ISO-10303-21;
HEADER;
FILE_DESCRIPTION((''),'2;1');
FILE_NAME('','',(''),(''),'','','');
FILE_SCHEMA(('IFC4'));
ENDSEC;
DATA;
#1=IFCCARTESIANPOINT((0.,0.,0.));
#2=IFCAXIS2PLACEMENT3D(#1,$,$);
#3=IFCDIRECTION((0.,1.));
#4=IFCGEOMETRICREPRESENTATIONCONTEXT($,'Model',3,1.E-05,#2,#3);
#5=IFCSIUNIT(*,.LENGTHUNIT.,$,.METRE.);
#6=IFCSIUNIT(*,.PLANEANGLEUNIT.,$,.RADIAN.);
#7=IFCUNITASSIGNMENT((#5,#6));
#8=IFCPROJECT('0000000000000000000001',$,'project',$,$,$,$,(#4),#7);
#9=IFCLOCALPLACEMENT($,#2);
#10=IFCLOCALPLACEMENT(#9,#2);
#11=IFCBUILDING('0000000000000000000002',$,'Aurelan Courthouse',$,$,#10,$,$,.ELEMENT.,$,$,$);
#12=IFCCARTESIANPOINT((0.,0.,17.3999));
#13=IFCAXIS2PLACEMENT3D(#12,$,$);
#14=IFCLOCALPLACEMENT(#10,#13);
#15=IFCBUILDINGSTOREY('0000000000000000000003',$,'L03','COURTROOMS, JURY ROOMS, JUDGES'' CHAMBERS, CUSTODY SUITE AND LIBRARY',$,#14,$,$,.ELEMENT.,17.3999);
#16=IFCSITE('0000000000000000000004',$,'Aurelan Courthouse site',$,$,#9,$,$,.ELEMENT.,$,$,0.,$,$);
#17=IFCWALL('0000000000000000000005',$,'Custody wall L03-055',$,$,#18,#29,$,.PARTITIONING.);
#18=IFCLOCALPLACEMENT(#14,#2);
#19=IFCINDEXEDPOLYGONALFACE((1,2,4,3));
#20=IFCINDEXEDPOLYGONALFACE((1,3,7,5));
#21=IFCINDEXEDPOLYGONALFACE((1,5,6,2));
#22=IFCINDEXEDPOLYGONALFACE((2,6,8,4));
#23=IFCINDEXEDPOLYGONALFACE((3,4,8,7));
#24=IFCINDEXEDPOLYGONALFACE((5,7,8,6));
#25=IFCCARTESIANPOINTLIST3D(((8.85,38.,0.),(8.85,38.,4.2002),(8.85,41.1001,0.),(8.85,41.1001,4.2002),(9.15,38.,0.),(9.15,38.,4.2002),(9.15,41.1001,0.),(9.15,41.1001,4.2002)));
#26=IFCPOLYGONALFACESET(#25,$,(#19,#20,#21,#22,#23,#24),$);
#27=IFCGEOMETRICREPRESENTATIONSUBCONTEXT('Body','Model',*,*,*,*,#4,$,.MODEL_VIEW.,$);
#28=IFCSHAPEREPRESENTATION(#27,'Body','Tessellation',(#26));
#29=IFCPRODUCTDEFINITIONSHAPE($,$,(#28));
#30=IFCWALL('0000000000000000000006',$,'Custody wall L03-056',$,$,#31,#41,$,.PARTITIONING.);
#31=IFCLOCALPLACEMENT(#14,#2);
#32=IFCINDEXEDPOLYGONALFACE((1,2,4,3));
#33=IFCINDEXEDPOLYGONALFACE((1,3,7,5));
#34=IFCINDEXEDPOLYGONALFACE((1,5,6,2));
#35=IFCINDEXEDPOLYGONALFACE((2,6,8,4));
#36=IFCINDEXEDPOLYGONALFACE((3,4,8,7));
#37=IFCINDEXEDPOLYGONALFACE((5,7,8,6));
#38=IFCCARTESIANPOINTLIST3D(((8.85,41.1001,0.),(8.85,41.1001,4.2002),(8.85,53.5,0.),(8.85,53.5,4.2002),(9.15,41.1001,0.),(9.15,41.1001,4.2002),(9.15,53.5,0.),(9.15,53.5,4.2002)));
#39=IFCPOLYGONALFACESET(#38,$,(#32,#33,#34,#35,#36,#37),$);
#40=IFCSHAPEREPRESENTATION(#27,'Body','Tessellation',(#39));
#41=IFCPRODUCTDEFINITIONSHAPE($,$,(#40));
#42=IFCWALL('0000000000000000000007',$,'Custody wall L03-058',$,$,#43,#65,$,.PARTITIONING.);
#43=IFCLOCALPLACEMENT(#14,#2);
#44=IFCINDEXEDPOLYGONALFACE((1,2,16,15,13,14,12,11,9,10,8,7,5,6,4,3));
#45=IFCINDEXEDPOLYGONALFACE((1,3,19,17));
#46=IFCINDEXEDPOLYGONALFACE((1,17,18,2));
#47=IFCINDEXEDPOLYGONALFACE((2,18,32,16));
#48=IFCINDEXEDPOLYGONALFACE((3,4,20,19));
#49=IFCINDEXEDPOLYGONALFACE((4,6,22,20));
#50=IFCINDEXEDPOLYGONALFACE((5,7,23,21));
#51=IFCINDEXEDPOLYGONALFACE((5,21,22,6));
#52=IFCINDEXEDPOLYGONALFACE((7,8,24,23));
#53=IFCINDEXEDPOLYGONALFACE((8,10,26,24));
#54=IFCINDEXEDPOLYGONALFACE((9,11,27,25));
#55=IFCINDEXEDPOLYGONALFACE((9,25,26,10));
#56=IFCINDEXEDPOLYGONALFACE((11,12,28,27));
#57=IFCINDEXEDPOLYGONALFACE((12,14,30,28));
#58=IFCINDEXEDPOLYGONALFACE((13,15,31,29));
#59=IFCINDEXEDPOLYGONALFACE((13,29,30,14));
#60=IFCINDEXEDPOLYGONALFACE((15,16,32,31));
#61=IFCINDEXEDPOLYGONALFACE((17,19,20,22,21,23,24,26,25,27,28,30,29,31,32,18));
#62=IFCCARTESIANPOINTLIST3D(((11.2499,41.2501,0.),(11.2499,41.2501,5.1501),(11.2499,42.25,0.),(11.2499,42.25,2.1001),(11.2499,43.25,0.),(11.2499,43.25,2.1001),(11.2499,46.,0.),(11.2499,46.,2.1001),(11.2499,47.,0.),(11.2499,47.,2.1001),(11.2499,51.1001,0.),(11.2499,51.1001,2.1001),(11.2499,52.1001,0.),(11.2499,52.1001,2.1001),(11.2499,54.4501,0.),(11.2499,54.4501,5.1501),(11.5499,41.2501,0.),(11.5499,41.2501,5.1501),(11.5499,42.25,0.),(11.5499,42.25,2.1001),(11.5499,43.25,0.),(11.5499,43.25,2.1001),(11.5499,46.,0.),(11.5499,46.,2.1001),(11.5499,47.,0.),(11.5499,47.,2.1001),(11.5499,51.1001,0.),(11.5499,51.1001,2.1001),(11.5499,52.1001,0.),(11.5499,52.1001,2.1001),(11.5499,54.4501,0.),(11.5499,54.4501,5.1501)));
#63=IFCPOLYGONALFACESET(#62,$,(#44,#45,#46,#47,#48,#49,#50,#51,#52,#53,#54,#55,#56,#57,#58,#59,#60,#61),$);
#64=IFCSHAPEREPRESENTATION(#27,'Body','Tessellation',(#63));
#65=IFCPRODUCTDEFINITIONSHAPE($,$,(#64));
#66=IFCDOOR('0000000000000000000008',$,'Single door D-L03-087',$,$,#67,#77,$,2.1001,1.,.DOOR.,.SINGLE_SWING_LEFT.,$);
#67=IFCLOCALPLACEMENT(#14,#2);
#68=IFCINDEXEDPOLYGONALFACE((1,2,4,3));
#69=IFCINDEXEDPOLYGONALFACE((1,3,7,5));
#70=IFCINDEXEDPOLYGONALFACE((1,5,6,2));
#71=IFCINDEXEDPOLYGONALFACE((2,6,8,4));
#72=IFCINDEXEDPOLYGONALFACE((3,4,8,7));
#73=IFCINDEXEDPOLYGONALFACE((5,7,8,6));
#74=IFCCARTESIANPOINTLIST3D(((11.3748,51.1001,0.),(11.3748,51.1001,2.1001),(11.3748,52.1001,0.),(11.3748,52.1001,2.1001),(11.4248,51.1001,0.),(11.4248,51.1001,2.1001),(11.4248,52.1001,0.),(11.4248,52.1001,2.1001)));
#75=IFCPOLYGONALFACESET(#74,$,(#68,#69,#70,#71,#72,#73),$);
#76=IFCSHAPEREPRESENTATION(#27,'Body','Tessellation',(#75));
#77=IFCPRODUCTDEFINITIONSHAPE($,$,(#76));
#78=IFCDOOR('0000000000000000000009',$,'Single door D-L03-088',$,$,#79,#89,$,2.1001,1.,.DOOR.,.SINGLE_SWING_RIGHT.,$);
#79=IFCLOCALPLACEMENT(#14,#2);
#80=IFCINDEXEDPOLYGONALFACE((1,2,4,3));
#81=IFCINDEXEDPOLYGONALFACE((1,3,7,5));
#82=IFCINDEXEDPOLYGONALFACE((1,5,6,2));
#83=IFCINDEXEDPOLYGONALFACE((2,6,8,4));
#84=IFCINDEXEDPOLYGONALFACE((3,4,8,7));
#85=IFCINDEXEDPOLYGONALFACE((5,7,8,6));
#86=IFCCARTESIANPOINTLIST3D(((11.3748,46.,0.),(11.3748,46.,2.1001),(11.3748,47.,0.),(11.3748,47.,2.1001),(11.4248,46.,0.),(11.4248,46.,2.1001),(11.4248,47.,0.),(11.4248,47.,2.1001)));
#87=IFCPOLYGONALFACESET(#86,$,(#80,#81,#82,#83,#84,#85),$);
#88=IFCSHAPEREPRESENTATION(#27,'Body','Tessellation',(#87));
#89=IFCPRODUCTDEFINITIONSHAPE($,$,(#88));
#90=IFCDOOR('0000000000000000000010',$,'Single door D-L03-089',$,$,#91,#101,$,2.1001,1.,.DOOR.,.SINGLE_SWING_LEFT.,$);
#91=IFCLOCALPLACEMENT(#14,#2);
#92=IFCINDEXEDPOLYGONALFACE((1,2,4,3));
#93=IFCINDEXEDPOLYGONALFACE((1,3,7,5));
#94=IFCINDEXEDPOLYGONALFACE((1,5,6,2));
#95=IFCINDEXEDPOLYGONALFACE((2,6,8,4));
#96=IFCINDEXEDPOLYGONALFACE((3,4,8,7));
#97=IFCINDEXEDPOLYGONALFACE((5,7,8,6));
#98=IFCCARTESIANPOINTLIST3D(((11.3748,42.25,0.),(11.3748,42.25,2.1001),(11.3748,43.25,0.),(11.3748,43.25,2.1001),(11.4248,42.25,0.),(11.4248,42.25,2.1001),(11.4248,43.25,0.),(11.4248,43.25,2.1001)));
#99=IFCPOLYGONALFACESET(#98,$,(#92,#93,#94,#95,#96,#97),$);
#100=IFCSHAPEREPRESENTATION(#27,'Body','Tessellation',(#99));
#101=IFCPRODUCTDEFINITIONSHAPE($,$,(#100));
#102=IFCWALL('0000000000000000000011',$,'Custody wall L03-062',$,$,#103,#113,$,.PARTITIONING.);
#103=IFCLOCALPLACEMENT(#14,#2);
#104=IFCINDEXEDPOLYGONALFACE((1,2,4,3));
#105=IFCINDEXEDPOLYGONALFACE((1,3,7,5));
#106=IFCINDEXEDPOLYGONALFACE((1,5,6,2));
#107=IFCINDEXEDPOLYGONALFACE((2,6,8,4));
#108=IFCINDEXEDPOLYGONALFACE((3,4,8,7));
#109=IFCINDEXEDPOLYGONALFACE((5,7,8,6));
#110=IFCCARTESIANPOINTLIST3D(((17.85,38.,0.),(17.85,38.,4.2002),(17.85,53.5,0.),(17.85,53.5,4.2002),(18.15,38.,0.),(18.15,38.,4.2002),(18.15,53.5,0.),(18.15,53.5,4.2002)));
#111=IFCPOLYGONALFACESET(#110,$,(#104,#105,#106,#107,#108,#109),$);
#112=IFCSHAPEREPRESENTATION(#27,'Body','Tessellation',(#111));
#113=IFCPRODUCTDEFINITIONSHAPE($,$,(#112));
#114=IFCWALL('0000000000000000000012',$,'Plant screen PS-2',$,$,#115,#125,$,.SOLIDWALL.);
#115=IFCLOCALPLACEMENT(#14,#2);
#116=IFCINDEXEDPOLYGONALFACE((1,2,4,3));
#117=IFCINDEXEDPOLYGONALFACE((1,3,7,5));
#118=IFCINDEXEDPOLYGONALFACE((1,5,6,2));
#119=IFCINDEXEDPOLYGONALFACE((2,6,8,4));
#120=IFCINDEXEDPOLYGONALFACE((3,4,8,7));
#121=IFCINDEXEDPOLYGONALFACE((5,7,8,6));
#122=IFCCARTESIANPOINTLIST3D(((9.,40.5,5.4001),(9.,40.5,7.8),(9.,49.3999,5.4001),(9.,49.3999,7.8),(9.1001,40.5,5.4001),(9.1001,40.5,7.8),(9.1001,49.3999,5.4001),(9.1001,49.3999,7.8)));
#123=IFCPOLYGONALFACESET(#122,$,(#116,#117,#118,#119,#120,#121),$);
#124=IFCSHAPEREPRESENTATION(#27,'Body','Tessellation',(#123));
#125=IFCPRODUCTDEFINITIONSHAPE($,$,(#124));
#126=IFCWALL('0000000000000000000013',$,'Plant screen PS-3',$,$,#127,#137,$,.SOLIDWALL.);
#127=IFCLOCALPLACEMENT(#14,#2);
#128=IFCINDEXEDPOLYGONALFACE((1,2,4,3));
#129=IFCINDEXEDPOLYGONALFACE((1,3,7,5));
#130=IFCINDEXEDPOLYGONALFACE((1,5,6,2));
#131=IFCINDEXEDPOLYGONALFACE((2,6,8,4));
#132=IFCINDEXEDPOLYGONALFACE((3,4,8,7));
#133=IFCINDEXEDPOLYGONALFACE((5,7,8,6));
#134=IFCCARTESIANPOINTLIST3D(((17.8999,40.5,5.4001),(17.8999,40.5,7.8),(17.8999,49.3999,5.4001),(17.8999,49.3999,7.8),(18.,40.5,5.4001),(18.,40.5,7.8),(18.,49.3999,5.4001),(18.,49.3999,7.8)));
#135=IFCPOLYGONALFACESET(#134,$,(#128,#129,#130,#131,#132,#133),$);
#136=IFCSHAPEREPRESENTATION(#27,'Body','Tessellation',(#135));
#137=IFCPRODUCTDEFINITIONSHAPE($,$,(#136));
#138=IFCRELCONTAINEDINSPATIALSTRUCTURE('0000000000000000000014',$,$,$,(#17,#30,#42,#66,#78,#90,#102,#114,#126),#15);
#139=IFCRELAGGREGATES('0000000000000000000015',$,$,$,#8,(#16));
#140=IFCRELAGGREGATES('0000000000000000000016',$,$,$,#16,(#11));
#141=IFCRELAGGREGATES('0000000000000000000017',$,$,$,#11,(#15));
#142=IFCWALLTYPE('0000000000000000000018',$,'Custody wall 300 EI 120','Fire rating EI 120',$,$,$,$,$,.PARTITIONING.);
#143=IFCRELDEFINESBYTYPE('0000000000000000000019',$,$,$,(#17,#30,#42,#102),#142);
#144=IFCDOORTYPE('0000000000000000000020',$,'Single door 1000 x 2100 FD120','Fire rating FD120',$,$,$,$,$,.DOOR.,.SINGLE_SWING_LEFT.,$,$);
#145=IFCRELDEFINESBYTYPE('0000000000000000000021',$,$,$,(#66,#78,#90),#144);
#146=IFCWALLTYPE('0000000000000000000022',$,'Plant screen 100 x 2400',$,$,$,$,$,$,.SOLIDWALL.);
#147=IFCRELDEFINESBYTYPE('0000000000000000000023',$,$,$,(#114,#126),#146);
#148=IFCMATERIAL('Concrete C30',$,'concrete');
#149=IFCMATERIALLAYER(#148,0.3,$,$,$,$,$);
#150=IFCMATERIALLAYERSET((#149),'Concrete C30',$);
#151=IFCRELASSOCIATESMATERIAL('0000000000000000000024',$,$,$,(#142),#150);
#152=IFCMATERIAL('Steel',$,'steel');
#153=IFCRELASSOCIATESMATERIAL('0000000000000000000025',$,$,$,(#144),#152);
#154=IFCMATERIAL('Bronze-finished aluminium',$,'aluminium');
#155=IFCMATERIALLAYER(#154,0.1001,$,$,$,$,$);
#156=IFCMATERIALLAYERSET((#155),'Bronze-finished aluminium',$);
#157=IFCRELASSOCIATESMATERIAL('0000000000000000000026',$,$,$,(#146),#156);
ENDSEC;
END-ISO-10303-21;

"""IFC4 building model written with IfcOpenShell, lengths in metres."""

from ifc_helpers import new_model, si_unit, direction, frame, frame_2d, origin, place, context, subcontext, project, spatial, rectangle, extrude, material, layer, layer_set, type_object, element, fill, save


model = new_model("IFC4")

# Units and contexts
model_context = context("Model", 3, precision=1e-05, world=origin(), true_north=direction((0.0, 1.0)))
body_context = subcontext(model_context, "Body", "Model", "MODEL_VIEW")
ifc_project = project(units=[si_unit("LENGTHUNIT", "METRE"), si_unit("PLANEANGLEUNIT", "RADIAN")], contexts=[model_context])

# Site, building, storey
site_placement = place(None, origin())
site = spatial("IfcSite", under=ifc_project, at=site_placement, Name="Aurelan Courthouse site", CompositionType="ELEMENT", RefElevation=0.0)
building_placement = place(site_placement, origin())
building = spatial("IfcBuilding", under=site, at=building_placement, Name="Aurelan Courthouse", CompositionType="ELEMENT")
storey_placement = place(building_placement, frame((0.0, 0.0, 17.3999)))
storey = spatial("IfcBuildingStorey", under=building, at=storey_placement, Name="L03", Description="COURTROOMS, JURY ROOMS, JUDGES' CHAMBERS, CUSTODY SUITE AND LIBRARY", CompositionType="ELEMENT", Elevation=17.3999)

# Shared definitions
ifc_material_1 = material(Name="Concrete C30", Category="concrete")
ifc_layer_1 = layer(ifc_material_1, 0.3)
ifc_layer_set_1 = layer_set([ifc_layer_1], Name="Concrete C30")
wall_type_1 = type_object("IfcWallType", Name="Custody wall 300 EI 120", Description="Fire rating EI 120", PredefinedType="PARTITIONING", material=ifc_layer_set_1)
ifc_material_2 = material(Name="Steel", Category="steel")
door_type = type_object("IfcDoorType", Name="Single door 1000 x 2100 FD120", Description="Fire rating FD120", OperationType="SINGLE_SWING_LEFT", PredefinedType="DOOR", material=ifc_material_2)

# Walls
wall_1_placement = place(storey_placement, frame((9.0, 38.0, 0.0), z_axis=(0.0, 0.0, 1.0), x_axis=(0.0, 1.0, 0.0)))
element("IfcWall", 1, at=wall_1_placement, inside=storey, type_object=wall_type_1, Name="Custody wall L03-055", PredefinedType="PARTITIONING", context=body_context, shape_type="SweptSolid", body=[
    extrude(rectangle(XDim=3.1001, YDim=0.3, at=frame_2d((1.55, 0.0))), origin(), (0.0, 0.0, 1.0), 4.2002),
])
wall_2_placement = place(storey_placement, frame((9.0, 41.1001, 0.0), z_axis=(0.0, 0.0, 1.0), x_axis=(0.0, 1.0, 0.0)))
element("IfcWall", 2, at=wall_2_placement, inside=storey, type_object=wall_type_1, Name="Custody wall L03-056", PredefinedType="PARTITIONING", context=body_context, shape_type="SweptSolid", body=[
    extrude(rectangle(XDim=12.3999, YDim=0.3, at=frame_2d((6.2, 0.0))), origin(), (0.0, 0.0, 1.0), 4.2002),
])

# Wall, openings, doors
wall_3_placement = place(storey_placement, frame((11.3999, 41.25, 0.0), z_axis=(0.0, 0.0, 1.0), x_axis=(0.0, 1.0, 0.0)))
wall_3 = element("IfcWall", 3, at=wall_3_placement, inside=storey, type_object=wall_type_1, Name="Custody wall L03-058", PredefinedType="PARTITIONING", context=body_context, shape_type="SweptSolid", body=[
    extrude(rectangle(XDim=13.2, YDim=0.3, at=frame_2d((6.6001, 0.0))), origin(), (0.0, 0.0, 1.0), 5.1501),
])
opening_1_placement = place(wall_3_placement, frame((10.8501, 0.0, 0.0), z_axis=(0.0, 0.0, 1.0), x_axis=(-1.0, 0.0, 0.0)))
opening_1 = element("IfcOpeningElement", 4, at=opening_1_placement, cuts=wall_3, PredefinedType="OPENING", context=body_context, shape_type="SweptSolid", body=[
    extrude(rectangle(XDim=1.0, YDim=2.1001, at=frame_2d((0.5, 1.05))), frame((0.0, 0.1599, 0.0), z_axis=(0.0, -1.0, 0.0), x_axis=(1.0, 0.0, 0.0)), (0.0, 0.0, 1.0), 0.3201),
])
opening_2_placement = place(wall_3_placement, frame((5.75, 0.0, 0.0), z_axis=(0.0, 0.0, 1.0), x_axis=(-1.0, 0.0, 0.0)))
opening_2 = element("IfcOpeningElement", 5, at=opening_2_placement, cuts=wall_3, PredefinedType="OPENING", context=body_context, shape_type="SweptSolid", body=[
    extrude(rectangle(XDim=1.0, YDim=2.1001, at=frame_2d((0.5, 1.05))), frame((0.0, 0.1599, 0.0), z_axis=(0.0, -1.0, 0.0), x_axis=(1.0, 0.0, 0.0)), (0.0, 0.0, 1.0), 0.3201),
])
opening_3_placement = place(wall_3_placement, frame((2.0, 0.0, 0.0), z_axis=(0.0, 0.0, 1.0), x_axis=(-1.0, 0.0, 0.0)))
opening_3 = element("IfcOpeningElement", 6, at=opening_3_placement, cuts=wall_3, PredefinedType="OPENING", context=body_context, shape_type="SweptSolid", body=[
    extrude(rectangle(XDim=1.0, YDim=2.1001, at=frame_2d((0.5, 1.05))), frame((0.0, 0.1599, 0.0), z_axis=(0.0, -1.0, 0.0), x_axis=(1.0, 0.0, 0.0)), (0.0, 0.0, 1.0), 0.3201),
])
door_1_placement = place(opening_1_placement, origin())
door_1 = element("IfcDoor", 7, at=door_1_placement, inside=storey, type_object=door_type, Name="Single door D-L03-087", OperationType="SINGLE_SWING_LEFT", OverallHeight=2.1001, OverallWidth=1.0, PredefinedType="DOOR", context=body_context, shape_type="SweptSolid", body=[
    extrude(rectangle(XDim=1.0, YDim=2.1001, at=frame_2d((0.5, 1.05))), frame((0.0, 0.0249, 0.0), z_axis=(0.0, -1.0, 0.0), x_axis=(1.0, 0.0, 0.0)), (0.0, 0.0, 1.0), 0.05),
])
fill(opening_1, door_1)
door_2_placement = place(opening_2_placement, origin())
door_2 = element("IfcDoor", 8, at=door_2_placement, inside=storey, type_object=door_type, Name="Single door D-L03-088", OperationType="SINGLE_SWING_RIGHT", OverallHeight=2.1001, OverallWidth=1.0, PredefinedType="DOOR", context=body_context, shape_type="SweptSolid", body=[
    extrude(rectangle(XDim=1.0, YDim=2.1001, at=frame_2d((0.5, 1.05))), frame((0.0, 0.0249, 0.0), z_axis=(0.0, -1.0, 0.0), x_axis=(1.0, 0.0, 0.0)), (0.0, 0.0, 1.0), 0.05),
])
fill(opening_2, door_2)
door_3_placement = place(opening_3_placement, origin())
door_3 = element("IfcDoor", 9, at=door_3_placement, inside=storey, type_object=door_type, Name="Single door D-L03-089", OperationType="SINGLE_SWING_LEFT", OverallHeight=2.1001, OverallWidth=1.0, PredefinedType="DOOR", context=body_context, shape_type="SweptSolid", body=[
    extrude(rectangle(XDim=1.0, YDim=2.1001, at=frame_2d((0.5, 1.05))), frame((0.0, 0.0249, 0.0), z_axis=(0.0, -1.0, 0.0), x_axis=(1.0, 0.0, 0.0)), (0.0, 0.0, 1.0), 0.05),
])
fill(opening_3, door_3)

# Walls
wall_4_placement = place(storey_placement, frame((18.0, 38.0, 0.0), z_axis=(0.0, 0.0, 1.0), x_axis=(0.0, 1.0, 0.0)))
element("IfcWall", 10, at=wall_4_placement, inside=storey, type_object=wall_type_1, Name="Custody wall L03-062", PredefinedType="PARTITIONING", context=body_context, shape_type="SweptSolid", body=[
    extrude(rectangle(XDim=15.5, YDim=0.3, at=frame_2d((7.75, 0.0))), origin(), (0.0, 0.0, 1.0), 4.2002),
])
ifc_material_3 = material(Name="Bronze-finished aluminium", Category="aluminium")
ifc_layer_2 = layer(ifc_material_3, 0.1001)
ifc_layer_set_2 = layer_set([ifc_layer_2], Name="Bronze-finished aluminium")
wall_type_2 = type_object("IfcWallType", Name="Plant screen 100 x 2400", PredefinedType="SOLIDWALL", material=ifc_layer_set_2)
for number, where, z_axis, x_axis, name in (
    (11, (9.05, 40.5, 5.4001), (0.0, 0.0, 1.0), (0.0, 1.0, 0.0), "Plant screen PS-2"),
    (12, (17.95, 40.5, 5.4001), (0.0, 0.0, 1.0), (0.0, 1.0, 0.0), "Plant screen PS-3"),
):
    element("IfcWall", number, at=place(storey_placement, frame(where, z_axis=z_axis, x_axis=x_axis)), inside=storey, type_object=wall_type_2, Name=name, PredefinedType="SOLIDWALL", context=body_context, shape_type="SweptSolid", body=[
        extrude(rectangle(XDim=8.8999, YDim=0.1001, at=frame_2d((4.45, 0.0))), origin(), (0.0, 0.0, 1.0), 2.3999),
    ])

save(model, "model.ifc")
